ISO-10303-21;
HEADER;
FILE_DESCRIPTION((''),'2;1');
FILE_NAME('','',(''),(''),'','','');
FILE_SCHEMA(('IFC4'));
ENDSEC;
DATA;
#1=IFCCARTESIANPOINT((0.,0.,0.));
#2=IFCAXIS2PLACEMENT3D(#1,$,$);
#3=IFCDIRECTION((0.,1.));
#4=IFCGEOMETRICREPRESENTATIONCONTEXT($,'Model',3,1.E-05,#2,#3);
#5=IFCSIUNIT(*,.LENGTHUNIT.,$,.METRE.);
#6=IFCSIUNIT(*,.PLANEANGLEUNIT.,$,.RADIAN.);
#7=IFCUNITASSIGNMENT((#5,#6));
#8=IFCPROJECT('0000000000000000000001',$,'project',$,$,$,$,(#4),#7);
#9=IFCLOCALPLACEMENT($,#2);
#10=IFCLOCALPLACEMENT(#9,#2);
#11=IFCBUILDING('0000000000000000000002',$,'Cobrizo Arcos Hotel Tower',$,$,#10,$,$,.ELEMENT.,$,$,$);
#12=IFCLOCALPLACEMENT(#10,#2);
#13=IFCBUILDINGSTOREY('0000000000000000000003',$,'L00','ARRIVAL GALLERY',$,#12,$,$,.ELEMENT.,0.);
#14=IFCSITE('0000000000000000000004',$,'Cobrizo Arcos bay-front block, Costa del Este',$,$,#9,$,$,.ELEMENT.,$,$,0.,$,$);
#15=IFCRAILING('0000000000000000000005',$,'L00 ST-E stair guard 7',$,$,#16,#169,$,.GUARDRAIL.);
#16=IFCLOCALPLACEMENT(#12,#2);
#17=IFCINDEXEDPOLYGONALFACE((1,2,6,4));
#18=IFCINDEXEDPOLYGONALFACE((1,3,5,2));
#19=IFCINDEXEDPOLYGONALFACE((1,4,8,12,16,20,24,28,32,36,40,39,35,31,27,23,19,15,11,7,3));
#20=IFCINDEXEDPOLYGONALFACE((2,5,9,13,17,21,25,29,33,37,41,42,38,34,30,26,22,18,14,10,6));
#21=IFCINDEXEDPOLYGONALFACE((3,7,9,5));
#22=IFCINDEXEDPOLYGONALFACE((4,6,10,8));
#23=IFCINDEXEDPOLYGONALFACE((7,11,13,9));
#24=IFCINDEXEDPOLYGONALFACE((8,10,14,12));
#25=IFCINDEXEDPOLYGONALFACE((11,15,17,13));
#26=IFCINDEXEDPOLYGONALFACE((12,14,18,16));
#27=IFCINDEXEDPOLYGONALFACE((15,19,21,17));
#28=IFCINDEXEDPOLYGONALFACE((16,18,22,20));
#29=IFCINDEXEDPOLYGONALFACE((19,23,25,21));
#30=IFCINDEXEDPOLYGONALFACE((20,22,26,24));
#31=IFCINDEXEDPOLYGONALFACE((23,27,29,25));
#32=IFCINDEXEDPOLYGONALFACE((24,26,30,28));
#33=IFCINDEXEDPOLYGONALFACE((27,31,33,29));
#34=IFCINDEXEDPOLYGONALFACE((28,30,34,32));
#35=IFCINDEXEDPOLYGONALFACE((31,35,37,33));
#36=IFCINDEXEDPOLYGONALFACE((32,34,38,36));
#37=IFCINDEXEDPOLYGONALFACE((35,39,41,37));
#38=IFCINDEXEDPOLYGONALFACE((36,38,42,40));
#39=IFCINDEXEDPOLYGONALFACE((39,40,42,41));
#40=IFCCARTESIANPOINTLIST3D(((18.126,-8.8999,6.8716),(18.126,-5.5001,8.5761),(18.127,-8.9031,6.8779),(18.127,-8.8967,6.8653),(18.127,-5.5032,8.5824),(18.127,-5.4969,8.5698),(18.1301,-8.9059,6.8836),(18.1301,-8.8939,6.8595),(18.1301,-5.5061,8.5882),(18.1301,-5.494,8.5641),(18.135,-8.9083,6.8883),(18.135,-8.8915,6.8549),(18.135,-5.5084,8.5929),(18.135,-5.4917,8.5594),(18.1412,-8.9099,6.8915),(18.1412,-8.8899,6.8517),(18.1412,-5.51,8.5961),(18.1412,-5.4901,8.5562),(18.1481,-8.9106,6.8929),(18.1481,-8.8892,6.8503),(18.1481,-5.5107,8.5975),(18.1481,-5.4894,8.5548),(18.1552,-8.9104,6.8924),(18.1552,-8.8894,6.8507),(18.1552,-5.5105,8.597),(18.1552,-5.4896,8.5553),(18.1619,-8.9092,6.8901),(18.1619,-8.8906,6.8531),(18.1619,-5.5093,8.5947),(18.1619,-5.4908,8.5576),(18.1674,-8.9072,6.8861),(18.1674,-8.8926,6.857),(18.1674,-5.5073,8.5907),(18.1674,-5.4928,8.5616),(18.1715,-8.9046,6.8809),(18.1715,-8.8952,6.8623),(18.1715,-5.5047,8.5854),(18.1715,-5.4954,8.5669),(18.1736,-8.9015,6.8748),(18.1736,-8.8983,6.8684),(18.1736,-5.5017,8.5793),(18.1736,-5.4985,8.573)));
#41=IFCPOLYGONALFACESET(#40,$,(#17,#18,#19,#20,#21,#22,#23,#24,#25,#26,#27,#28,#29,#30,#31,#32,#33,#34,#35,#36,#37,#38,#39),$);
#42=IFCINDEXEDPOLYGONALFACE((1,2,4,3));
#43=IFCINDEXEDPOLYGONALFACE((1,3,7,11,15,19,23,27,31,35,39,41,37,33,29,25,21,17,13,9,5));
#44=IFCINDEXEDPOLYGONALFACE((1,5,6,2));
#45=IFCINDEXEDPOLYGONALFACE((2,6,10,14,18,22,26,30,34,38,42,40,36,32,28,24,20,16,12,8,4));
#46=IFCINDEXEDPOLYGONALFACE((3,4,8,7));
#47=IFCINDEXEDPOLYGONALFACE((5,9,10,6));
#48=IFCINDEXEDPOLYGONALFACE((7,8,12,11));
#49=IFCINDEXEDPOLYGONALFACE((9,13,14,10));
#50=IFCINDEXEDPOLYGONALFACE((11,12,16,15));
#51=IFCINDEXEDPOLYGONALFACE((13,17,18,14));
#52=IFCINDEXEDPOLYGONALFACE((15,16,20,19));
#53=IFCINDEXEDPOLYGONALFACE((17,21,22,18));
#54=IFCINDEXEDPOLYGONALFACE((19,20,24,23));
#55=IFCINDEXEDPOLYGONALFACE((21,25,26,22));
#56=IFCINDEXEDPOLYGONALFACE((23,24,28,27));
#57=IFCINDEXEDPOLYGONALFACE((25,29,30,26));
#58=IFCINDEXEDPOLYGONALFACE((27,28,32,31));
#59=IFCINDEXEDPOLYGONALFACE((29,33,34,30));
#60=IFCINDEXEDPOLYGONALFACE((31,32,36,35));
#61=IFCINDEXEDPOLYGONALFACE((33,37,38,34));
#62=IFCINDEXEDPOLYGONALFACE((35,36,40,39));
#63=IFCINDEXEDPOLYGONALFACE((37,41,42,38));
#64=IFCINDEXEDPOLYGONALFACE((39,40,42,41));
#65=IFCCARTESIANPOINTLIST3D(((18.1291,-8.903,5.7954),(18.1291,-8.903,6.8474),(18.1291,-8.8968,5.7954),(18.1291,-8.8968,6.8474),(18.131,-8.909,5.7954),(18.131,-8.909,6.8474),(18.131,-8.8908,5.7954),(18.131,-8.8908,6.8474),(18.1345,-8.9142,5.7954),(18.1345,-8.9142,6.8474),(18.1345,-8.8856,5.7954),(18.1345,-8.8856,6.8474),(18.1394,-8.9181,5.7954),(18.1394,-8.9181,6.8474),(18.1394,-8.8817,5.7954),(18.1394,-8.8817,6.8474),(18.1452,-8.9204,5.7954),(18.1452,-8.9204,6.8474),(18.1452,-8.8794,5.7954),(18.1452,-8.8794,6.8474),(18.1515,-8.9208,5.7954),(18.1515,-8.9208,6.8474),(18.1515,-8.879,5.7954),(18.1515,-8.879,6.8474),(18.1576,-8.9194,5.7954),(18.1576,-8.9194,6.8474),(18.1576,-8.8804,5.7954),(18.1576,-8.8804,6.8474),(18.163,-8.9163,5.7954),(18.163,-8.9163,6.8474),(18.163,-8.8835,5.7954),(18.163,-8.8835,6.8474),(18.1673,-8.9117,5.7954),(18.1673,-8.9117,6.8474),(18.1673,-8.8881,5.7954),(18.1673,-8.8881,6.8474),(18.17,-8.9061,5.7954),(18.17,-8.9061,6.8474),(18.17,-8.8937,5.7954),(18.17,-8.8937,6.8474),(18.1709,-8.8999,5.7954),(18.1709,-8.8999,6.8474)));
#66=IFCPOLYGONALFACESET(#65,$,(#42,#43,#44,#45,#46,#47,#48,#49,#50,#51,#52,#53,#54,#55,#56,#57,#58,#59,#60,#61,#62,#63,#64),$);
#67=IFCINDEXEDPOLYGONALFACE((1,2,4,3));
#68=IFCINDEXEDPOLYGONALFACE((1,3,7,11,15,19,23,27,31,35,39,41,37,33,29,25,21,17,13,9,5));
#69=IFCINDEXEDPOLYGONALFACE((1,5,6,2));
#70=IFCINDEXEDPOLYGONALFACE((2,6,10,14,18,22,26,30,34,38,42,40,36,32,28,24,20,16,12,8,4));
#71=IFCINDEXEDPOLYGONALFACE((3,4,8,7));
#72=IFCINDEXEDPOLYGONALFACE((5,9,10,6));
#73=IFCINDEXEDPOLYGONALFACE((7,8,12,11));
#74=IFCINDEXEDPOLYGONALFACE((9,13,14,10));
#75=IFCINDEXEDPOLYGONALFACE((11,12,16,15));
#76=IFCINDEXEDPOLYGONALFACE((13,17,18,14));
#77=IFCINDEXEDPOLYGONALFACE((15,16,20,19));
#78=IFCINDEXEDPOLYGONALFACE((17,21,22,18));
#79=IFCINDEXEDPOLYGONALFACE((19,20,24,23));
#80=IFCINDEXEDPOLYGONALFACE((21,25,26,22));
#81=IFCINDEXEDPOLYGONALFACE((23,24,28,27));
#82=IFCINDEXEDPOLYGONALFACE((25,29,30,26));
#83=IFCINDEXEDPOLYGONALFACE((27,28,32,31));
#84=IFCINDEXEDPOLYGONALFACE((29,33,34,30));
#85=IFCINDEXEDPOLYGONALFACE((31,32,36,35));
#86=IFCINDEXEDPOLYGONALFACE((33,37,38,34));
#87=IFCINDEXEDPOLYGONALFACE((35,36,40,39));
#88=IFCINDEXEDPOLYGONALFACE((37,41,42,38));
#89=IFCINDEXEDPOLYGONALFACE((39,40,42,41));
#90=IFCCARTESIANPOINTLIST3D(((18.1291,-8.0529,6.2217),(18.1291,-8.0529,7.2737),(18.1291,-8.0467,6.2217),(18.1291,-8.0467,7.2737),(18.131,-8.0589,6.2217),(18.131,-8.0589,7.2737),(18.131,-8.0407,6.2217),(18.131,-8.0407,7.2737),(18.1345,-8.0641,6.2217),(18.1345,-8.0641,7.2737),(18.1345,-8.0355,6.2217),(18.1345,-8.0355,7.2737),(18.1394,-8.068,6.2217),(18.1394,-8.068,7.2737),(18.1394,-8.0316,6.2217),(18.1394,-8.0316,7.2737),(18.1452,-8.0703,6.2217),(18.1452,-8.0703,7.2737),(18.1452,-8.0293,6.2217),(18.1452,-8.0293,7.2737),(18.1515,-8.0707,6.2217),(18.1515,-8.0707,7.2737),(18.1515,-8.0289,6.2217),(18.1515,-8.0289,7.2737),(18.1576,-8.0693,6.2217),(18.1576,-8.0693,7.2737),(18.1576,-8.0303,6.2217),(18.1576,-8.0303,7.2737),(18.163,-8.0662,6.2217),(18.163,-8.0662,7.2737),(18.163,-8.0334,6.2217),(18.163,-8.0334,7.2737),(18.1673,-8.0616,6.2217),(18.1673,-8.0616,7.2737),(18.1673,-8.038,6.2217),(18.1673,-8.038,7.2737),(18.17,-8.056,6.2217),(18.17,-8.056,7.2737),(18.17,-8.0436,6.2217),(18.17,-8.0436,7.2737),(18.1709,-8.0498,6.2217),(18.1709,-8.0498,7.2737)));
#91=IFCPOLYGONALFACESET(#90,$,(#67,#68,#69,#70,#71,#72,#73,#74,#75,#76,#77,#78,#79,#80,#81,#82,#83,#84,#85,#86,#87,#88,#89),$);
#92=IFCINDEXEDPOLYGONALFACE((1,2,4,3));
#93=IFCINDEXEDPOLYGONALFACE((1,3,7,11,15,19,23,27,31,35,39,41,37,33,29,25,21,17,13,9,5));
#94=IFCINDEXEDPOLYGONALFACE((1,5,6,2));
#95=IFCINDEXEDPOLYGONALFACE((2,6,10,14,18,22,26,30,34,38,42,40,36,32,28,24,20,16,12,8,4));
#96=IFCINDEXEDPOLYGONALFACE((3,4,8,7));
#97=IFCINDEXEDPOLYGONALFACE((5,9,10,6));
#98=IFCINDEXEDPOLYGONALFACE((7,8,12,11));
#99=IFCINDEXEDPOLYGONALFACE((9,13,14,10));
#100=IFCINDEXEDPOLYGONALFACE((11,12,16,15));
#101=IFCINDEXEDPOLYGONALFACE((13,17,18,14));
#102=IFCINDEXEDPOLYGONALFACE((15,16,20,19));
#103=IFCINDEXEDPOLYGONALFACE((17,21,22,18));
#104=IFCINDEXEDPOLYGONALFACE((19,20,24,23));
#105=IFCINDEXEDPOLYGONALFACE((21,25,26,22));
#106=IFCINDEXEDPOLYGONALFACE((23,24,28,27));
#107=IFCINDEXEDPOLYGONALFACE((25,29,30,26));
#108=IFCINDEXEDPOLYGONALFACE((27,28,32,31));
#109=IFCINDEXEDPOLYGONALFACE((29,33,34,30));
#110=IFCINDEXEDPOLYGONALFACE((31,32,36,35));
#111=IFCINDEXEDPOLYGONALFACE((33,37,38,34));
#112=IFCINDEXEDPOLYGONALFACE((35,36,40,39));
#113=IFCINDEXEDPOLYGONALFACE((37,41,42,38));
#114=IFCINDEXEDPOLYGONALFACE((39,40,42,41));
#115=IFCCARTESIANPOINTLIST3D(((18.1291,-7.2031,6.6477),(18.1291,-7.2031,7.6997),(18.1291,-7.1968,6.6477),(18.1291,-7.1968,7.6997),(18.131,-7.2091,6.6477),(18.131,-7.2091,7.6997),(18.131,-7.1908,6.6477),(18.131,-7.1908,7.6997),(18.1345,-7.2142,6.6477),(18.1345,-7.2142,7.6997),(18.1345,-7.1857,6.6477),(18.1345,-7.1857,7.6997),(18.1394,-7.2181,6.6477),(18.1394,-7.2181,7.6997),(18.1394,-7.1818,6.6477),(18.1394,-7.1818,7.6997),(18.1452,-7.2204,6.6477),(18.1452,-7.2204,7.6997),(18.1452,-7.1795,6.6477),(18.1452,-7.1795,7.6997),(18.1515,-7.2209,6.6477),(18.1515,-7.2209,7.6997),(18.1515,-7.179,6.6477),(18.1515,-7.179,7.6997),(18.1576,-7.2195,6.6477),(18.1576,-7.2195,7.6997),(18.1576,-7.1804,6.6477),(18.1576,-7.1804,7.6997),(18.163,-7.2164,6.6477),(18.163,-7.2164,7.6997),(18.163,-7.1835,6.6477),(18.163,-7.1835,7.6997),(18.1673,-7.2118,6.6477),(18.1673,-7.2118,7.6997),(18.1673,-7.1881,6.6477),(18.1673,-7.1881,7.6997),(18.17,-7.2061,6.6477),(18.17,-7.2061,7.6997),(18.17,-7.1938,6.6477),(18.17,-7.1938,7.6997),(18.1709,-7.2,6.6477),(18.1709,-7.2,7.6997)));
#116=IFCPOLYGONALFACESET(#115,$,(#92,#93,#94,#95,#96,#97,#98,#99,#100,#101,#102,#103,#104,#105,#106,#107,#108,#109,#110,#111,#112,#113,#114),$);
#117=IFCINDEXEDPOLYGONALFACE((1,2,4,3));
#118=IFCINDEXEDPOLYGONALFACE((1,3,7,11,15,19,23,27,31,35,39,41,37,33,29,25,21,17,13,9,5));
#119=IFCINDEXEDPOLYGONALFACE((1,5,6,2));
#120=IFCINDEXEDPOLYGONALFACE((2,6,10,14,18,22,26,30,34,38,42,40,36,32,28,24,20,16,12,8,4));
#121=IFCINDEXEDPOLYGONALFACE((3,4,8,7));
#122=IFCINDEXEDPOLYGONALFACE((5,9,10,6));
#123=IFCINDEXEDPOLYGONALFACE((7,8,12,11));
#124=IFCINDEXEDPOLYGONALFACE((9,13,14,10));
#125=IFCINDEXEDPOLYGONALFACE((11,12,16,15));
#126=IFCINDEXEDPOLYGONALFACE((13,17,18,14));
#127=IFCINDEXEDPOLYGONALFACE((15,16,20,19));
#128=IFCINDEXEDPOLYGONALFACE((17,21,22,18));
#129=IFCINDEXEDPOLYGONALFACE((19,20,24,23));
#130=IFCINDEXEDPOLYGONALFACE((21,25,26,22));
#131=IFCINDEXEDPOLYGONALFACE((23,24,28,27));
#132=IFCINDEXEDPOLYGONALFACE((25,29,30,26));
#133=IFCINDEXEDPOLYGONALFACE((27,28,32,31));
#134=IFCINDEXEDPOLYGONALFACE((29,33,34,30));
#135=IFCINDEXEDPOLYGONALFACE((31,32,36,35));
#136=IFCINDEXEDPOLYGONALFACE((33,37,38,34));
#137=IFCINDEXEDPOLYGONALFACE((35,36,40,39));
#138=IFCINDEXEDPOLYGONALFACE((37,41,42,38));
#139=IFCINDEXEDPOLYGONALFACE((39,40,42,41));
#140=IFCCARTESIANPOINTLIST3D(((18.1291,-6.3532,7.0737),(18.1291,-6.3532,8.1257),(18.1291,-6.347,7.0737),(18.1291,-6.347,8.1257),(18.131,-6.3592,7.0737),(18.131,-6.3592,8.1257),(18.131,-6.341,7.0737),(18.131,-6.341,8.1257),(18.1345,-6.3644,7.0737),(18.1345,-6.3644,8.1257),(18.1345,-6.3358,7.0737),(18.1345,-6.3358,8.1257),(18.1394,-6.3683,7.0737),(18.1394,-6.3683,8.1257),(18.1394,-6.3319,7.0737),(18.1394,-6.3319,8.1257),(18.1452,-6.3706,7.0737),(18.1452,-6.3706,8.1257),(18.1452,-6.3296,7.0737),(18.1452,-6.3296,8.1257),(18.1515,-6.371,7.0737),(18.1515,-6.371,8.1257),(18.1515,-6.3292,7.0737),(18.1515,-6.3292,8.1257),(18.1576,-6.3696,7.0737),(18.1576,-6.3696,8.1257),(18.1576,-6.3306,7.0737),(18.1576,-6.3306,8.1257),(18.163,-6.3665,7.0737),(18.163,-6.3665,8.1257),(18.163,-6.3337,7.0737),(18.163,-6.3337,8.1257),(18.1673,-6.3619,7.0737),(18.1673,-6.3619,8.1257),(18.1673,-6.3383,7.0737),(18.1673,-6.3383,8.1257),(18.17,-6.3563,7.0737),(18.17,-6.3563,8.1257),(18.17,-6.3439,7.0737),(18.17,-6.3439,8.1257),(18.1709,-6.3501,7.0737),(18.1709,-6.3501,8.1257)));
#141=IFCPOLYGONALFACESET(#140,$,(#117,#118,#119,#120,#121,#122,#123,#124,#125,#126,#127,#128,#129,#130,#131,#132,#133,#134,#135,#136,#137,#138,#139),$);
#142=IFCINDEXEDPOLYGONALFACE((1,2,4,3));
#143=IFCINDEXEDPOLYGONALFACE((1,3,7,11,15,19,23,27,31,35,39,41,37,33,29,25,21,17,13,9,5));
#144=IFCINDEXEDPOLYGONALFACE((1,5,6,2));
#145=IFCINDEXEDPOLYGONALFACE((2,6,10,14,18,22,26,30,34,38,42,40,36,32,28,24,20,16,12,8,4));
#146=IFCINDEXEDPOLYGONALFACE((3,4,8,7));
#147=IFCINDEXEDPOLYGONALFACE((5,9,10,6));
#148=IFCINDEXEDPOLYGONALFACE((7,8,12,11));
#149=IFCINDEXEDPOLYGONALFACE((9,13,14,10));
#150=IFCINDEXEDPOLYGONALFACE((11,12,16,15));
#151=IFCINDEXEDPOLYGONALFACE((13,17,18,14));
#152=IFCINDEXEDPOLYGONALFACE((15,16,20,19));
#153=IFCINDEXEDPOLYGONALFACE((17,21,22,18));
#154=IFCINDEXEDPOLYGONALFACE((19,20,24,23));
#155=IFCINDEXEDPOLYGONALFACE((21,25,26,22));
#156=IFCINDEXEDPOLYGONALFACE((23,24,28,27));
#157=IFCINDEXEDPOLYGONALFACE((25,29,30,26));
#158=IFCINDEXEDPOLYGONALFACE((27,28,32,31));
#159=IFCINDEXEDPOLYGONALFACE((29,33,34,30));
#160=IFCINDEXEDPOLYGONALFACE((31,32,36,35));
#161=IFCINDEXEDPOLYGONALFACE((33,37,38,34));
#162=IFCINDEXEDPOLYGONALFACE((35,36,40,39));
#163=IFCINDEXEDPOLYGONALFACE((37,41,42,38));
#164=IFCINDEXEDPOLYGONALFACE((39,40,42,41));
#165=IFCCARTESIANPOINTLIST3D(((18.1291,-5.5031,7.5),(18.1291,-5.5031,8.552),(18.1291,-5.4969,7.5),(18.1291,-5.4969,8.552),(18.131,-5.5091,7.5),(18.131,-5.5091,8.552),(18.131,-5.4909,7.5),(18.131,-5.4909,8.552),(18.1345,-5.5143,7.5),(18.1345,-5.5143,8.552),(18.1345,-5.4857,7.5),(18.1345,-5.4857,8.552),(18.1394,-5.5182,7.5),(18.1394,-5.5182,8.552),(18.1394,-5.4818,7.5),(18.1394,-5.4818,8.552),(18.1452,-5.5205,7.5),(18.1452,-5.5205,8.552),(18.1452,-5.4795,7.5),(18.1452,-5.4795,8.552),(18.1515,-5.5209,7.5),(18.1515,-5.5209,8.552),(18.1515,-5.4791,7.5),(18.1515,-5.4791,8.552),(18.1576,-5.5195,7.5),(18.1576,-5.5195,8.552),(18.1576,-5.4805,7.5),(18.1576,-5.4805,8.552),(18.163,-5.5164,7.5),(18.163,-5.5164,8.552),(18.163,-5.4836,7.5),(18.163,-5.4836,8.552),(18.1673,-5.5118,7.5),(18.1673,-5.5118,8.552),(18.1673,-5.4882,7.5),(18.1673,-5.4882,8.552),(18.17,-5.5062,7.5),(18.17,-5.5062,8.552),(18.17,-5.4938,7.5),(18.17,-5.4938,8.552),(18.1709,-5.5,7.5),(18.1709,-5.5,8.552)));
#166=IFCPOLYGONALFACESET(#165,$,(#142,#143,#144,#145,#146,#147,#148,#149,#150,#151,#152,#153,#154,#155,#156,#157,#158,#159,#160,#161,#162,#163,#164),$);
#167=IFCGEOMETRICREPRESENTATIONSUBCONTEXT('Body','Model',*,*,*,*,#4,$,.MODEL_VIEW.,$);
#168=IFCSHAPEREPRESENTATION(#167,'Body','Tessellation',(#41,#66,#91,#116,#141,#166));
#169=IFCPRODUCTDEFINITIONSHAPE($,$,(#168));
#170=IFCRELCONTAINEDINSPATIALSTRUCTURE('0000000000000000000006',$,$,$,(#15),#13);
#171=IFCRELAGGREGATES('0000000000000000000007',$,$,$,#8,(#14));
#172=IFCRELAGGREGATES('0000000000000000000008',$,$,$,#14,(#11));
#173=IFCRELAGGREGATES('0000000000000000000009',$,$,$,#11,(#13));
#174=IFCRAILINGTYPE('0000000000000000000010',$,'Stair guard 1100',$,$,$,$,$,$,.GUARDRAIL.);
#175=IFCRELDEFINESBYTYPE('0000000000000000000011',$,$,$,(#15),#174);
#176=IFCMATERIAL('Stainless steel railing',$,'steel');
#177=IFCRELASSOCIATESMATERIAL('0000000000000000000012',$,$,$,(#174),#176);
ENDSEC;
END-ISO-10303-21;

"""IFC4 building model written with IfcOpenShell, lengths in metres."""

from ifc_helpers import new_model, si_unit, direction, frame, origin, origin_2d, place, context, subcontext, project, spatial, circle, extrude, material, type_object, element, save


model = new_model("IFC4")

# Units and contexts
model_context = context("Model", 3, precision=1e-05, world=origin(), true_north=direction((0.0, 1.0)))
body_context = subcontext(model_context, "Body", "Model", "MODEL_VIEW")
ifc_project = project(units=[si_unit("LENGTHUNIT", "METRE"), si_unit("PLANEANGLEUNIT", "RADIAN")], contexts=[model_context])

# Site, building, storey
site_placement = place(None, origin())
site = spatial("IfcSite", under=ifc_project, at=site_placement, Name="Cobrizo Arcos bay-front block, Costa del Este", CompositionType="ELEMENT", RefElevation=0.0)
building_placement = place(site_placement, origin())
building = spatial("IfcBuilding", under=site, at=building_placement, Name="Cobrizo Arcos Hotel Tower", CompositionType="ELEMENT")
storey_placement = place(building_placement, origin())
storey = spatial("IfcBuildingStorey", under=building, at=storey_placement, Name="L00", Description="ARRIVAL GALLERY", CompositionType="ELEMENT", Elevation=0.0)

# Railing
ifc_material_1 = material(Name="Stainless steel railing", Category="steel")
railing_type_1 = type_object("IfcRailingType", Name="Stair guard 1100", PredefinedType="GUARDRAIL", material=ifc_material_1)
railing_1_placement = place(storey_placement, frame((18.1499, -8.8999, 5.7954)))
element("IfcRailing", 1, at=railing_1_placement, inside=storey, type_object=railing_type_1, Name="L00 ST-E stair guard 7", PredefinedType="GUARDRAIL", context=body_context, shape_type="SweptSolid", body=[
    extrude(circle(Radius=0.0239, at=origin_2d()), frame((0.0, 0.0, 1.0762), z_axis=(0.0, 0.893939, 0.448189), x_axis=(-1.0, 0.0, 0.0)), (0.0, 0.0, 1.0), 3.8032),
    extrude(circle(Radius=0.021, at=origin_2d()), origin(), (0.0, 0.0, 1.0), 1.052),
    extrude(circle(Radius=0.021, at=origin_2d()), frame((0.0, 0.8501, 0.4263)), (0.0, 0.0, 1.0), 1.052),
    extrude(circle(Radius=0.021, at=origin_2d()), frame((0.0, 1.7, 0.8523)), (0.0, 0.0, 1.0), 1.052),
    extrude(circle(Radius=0.021, at=origin_2d()), frame((0.0, 2.5498, 1.2783)), (0.0, 0.0, 1.0), 1.052),
    extrude(circle(Radius=0.021, at=origin_2d()), frame((0.0, 3.3999, 1.7046)), (0.0, 0.0, 1.0), 1.052),
])

save(model, "model.ifc")
